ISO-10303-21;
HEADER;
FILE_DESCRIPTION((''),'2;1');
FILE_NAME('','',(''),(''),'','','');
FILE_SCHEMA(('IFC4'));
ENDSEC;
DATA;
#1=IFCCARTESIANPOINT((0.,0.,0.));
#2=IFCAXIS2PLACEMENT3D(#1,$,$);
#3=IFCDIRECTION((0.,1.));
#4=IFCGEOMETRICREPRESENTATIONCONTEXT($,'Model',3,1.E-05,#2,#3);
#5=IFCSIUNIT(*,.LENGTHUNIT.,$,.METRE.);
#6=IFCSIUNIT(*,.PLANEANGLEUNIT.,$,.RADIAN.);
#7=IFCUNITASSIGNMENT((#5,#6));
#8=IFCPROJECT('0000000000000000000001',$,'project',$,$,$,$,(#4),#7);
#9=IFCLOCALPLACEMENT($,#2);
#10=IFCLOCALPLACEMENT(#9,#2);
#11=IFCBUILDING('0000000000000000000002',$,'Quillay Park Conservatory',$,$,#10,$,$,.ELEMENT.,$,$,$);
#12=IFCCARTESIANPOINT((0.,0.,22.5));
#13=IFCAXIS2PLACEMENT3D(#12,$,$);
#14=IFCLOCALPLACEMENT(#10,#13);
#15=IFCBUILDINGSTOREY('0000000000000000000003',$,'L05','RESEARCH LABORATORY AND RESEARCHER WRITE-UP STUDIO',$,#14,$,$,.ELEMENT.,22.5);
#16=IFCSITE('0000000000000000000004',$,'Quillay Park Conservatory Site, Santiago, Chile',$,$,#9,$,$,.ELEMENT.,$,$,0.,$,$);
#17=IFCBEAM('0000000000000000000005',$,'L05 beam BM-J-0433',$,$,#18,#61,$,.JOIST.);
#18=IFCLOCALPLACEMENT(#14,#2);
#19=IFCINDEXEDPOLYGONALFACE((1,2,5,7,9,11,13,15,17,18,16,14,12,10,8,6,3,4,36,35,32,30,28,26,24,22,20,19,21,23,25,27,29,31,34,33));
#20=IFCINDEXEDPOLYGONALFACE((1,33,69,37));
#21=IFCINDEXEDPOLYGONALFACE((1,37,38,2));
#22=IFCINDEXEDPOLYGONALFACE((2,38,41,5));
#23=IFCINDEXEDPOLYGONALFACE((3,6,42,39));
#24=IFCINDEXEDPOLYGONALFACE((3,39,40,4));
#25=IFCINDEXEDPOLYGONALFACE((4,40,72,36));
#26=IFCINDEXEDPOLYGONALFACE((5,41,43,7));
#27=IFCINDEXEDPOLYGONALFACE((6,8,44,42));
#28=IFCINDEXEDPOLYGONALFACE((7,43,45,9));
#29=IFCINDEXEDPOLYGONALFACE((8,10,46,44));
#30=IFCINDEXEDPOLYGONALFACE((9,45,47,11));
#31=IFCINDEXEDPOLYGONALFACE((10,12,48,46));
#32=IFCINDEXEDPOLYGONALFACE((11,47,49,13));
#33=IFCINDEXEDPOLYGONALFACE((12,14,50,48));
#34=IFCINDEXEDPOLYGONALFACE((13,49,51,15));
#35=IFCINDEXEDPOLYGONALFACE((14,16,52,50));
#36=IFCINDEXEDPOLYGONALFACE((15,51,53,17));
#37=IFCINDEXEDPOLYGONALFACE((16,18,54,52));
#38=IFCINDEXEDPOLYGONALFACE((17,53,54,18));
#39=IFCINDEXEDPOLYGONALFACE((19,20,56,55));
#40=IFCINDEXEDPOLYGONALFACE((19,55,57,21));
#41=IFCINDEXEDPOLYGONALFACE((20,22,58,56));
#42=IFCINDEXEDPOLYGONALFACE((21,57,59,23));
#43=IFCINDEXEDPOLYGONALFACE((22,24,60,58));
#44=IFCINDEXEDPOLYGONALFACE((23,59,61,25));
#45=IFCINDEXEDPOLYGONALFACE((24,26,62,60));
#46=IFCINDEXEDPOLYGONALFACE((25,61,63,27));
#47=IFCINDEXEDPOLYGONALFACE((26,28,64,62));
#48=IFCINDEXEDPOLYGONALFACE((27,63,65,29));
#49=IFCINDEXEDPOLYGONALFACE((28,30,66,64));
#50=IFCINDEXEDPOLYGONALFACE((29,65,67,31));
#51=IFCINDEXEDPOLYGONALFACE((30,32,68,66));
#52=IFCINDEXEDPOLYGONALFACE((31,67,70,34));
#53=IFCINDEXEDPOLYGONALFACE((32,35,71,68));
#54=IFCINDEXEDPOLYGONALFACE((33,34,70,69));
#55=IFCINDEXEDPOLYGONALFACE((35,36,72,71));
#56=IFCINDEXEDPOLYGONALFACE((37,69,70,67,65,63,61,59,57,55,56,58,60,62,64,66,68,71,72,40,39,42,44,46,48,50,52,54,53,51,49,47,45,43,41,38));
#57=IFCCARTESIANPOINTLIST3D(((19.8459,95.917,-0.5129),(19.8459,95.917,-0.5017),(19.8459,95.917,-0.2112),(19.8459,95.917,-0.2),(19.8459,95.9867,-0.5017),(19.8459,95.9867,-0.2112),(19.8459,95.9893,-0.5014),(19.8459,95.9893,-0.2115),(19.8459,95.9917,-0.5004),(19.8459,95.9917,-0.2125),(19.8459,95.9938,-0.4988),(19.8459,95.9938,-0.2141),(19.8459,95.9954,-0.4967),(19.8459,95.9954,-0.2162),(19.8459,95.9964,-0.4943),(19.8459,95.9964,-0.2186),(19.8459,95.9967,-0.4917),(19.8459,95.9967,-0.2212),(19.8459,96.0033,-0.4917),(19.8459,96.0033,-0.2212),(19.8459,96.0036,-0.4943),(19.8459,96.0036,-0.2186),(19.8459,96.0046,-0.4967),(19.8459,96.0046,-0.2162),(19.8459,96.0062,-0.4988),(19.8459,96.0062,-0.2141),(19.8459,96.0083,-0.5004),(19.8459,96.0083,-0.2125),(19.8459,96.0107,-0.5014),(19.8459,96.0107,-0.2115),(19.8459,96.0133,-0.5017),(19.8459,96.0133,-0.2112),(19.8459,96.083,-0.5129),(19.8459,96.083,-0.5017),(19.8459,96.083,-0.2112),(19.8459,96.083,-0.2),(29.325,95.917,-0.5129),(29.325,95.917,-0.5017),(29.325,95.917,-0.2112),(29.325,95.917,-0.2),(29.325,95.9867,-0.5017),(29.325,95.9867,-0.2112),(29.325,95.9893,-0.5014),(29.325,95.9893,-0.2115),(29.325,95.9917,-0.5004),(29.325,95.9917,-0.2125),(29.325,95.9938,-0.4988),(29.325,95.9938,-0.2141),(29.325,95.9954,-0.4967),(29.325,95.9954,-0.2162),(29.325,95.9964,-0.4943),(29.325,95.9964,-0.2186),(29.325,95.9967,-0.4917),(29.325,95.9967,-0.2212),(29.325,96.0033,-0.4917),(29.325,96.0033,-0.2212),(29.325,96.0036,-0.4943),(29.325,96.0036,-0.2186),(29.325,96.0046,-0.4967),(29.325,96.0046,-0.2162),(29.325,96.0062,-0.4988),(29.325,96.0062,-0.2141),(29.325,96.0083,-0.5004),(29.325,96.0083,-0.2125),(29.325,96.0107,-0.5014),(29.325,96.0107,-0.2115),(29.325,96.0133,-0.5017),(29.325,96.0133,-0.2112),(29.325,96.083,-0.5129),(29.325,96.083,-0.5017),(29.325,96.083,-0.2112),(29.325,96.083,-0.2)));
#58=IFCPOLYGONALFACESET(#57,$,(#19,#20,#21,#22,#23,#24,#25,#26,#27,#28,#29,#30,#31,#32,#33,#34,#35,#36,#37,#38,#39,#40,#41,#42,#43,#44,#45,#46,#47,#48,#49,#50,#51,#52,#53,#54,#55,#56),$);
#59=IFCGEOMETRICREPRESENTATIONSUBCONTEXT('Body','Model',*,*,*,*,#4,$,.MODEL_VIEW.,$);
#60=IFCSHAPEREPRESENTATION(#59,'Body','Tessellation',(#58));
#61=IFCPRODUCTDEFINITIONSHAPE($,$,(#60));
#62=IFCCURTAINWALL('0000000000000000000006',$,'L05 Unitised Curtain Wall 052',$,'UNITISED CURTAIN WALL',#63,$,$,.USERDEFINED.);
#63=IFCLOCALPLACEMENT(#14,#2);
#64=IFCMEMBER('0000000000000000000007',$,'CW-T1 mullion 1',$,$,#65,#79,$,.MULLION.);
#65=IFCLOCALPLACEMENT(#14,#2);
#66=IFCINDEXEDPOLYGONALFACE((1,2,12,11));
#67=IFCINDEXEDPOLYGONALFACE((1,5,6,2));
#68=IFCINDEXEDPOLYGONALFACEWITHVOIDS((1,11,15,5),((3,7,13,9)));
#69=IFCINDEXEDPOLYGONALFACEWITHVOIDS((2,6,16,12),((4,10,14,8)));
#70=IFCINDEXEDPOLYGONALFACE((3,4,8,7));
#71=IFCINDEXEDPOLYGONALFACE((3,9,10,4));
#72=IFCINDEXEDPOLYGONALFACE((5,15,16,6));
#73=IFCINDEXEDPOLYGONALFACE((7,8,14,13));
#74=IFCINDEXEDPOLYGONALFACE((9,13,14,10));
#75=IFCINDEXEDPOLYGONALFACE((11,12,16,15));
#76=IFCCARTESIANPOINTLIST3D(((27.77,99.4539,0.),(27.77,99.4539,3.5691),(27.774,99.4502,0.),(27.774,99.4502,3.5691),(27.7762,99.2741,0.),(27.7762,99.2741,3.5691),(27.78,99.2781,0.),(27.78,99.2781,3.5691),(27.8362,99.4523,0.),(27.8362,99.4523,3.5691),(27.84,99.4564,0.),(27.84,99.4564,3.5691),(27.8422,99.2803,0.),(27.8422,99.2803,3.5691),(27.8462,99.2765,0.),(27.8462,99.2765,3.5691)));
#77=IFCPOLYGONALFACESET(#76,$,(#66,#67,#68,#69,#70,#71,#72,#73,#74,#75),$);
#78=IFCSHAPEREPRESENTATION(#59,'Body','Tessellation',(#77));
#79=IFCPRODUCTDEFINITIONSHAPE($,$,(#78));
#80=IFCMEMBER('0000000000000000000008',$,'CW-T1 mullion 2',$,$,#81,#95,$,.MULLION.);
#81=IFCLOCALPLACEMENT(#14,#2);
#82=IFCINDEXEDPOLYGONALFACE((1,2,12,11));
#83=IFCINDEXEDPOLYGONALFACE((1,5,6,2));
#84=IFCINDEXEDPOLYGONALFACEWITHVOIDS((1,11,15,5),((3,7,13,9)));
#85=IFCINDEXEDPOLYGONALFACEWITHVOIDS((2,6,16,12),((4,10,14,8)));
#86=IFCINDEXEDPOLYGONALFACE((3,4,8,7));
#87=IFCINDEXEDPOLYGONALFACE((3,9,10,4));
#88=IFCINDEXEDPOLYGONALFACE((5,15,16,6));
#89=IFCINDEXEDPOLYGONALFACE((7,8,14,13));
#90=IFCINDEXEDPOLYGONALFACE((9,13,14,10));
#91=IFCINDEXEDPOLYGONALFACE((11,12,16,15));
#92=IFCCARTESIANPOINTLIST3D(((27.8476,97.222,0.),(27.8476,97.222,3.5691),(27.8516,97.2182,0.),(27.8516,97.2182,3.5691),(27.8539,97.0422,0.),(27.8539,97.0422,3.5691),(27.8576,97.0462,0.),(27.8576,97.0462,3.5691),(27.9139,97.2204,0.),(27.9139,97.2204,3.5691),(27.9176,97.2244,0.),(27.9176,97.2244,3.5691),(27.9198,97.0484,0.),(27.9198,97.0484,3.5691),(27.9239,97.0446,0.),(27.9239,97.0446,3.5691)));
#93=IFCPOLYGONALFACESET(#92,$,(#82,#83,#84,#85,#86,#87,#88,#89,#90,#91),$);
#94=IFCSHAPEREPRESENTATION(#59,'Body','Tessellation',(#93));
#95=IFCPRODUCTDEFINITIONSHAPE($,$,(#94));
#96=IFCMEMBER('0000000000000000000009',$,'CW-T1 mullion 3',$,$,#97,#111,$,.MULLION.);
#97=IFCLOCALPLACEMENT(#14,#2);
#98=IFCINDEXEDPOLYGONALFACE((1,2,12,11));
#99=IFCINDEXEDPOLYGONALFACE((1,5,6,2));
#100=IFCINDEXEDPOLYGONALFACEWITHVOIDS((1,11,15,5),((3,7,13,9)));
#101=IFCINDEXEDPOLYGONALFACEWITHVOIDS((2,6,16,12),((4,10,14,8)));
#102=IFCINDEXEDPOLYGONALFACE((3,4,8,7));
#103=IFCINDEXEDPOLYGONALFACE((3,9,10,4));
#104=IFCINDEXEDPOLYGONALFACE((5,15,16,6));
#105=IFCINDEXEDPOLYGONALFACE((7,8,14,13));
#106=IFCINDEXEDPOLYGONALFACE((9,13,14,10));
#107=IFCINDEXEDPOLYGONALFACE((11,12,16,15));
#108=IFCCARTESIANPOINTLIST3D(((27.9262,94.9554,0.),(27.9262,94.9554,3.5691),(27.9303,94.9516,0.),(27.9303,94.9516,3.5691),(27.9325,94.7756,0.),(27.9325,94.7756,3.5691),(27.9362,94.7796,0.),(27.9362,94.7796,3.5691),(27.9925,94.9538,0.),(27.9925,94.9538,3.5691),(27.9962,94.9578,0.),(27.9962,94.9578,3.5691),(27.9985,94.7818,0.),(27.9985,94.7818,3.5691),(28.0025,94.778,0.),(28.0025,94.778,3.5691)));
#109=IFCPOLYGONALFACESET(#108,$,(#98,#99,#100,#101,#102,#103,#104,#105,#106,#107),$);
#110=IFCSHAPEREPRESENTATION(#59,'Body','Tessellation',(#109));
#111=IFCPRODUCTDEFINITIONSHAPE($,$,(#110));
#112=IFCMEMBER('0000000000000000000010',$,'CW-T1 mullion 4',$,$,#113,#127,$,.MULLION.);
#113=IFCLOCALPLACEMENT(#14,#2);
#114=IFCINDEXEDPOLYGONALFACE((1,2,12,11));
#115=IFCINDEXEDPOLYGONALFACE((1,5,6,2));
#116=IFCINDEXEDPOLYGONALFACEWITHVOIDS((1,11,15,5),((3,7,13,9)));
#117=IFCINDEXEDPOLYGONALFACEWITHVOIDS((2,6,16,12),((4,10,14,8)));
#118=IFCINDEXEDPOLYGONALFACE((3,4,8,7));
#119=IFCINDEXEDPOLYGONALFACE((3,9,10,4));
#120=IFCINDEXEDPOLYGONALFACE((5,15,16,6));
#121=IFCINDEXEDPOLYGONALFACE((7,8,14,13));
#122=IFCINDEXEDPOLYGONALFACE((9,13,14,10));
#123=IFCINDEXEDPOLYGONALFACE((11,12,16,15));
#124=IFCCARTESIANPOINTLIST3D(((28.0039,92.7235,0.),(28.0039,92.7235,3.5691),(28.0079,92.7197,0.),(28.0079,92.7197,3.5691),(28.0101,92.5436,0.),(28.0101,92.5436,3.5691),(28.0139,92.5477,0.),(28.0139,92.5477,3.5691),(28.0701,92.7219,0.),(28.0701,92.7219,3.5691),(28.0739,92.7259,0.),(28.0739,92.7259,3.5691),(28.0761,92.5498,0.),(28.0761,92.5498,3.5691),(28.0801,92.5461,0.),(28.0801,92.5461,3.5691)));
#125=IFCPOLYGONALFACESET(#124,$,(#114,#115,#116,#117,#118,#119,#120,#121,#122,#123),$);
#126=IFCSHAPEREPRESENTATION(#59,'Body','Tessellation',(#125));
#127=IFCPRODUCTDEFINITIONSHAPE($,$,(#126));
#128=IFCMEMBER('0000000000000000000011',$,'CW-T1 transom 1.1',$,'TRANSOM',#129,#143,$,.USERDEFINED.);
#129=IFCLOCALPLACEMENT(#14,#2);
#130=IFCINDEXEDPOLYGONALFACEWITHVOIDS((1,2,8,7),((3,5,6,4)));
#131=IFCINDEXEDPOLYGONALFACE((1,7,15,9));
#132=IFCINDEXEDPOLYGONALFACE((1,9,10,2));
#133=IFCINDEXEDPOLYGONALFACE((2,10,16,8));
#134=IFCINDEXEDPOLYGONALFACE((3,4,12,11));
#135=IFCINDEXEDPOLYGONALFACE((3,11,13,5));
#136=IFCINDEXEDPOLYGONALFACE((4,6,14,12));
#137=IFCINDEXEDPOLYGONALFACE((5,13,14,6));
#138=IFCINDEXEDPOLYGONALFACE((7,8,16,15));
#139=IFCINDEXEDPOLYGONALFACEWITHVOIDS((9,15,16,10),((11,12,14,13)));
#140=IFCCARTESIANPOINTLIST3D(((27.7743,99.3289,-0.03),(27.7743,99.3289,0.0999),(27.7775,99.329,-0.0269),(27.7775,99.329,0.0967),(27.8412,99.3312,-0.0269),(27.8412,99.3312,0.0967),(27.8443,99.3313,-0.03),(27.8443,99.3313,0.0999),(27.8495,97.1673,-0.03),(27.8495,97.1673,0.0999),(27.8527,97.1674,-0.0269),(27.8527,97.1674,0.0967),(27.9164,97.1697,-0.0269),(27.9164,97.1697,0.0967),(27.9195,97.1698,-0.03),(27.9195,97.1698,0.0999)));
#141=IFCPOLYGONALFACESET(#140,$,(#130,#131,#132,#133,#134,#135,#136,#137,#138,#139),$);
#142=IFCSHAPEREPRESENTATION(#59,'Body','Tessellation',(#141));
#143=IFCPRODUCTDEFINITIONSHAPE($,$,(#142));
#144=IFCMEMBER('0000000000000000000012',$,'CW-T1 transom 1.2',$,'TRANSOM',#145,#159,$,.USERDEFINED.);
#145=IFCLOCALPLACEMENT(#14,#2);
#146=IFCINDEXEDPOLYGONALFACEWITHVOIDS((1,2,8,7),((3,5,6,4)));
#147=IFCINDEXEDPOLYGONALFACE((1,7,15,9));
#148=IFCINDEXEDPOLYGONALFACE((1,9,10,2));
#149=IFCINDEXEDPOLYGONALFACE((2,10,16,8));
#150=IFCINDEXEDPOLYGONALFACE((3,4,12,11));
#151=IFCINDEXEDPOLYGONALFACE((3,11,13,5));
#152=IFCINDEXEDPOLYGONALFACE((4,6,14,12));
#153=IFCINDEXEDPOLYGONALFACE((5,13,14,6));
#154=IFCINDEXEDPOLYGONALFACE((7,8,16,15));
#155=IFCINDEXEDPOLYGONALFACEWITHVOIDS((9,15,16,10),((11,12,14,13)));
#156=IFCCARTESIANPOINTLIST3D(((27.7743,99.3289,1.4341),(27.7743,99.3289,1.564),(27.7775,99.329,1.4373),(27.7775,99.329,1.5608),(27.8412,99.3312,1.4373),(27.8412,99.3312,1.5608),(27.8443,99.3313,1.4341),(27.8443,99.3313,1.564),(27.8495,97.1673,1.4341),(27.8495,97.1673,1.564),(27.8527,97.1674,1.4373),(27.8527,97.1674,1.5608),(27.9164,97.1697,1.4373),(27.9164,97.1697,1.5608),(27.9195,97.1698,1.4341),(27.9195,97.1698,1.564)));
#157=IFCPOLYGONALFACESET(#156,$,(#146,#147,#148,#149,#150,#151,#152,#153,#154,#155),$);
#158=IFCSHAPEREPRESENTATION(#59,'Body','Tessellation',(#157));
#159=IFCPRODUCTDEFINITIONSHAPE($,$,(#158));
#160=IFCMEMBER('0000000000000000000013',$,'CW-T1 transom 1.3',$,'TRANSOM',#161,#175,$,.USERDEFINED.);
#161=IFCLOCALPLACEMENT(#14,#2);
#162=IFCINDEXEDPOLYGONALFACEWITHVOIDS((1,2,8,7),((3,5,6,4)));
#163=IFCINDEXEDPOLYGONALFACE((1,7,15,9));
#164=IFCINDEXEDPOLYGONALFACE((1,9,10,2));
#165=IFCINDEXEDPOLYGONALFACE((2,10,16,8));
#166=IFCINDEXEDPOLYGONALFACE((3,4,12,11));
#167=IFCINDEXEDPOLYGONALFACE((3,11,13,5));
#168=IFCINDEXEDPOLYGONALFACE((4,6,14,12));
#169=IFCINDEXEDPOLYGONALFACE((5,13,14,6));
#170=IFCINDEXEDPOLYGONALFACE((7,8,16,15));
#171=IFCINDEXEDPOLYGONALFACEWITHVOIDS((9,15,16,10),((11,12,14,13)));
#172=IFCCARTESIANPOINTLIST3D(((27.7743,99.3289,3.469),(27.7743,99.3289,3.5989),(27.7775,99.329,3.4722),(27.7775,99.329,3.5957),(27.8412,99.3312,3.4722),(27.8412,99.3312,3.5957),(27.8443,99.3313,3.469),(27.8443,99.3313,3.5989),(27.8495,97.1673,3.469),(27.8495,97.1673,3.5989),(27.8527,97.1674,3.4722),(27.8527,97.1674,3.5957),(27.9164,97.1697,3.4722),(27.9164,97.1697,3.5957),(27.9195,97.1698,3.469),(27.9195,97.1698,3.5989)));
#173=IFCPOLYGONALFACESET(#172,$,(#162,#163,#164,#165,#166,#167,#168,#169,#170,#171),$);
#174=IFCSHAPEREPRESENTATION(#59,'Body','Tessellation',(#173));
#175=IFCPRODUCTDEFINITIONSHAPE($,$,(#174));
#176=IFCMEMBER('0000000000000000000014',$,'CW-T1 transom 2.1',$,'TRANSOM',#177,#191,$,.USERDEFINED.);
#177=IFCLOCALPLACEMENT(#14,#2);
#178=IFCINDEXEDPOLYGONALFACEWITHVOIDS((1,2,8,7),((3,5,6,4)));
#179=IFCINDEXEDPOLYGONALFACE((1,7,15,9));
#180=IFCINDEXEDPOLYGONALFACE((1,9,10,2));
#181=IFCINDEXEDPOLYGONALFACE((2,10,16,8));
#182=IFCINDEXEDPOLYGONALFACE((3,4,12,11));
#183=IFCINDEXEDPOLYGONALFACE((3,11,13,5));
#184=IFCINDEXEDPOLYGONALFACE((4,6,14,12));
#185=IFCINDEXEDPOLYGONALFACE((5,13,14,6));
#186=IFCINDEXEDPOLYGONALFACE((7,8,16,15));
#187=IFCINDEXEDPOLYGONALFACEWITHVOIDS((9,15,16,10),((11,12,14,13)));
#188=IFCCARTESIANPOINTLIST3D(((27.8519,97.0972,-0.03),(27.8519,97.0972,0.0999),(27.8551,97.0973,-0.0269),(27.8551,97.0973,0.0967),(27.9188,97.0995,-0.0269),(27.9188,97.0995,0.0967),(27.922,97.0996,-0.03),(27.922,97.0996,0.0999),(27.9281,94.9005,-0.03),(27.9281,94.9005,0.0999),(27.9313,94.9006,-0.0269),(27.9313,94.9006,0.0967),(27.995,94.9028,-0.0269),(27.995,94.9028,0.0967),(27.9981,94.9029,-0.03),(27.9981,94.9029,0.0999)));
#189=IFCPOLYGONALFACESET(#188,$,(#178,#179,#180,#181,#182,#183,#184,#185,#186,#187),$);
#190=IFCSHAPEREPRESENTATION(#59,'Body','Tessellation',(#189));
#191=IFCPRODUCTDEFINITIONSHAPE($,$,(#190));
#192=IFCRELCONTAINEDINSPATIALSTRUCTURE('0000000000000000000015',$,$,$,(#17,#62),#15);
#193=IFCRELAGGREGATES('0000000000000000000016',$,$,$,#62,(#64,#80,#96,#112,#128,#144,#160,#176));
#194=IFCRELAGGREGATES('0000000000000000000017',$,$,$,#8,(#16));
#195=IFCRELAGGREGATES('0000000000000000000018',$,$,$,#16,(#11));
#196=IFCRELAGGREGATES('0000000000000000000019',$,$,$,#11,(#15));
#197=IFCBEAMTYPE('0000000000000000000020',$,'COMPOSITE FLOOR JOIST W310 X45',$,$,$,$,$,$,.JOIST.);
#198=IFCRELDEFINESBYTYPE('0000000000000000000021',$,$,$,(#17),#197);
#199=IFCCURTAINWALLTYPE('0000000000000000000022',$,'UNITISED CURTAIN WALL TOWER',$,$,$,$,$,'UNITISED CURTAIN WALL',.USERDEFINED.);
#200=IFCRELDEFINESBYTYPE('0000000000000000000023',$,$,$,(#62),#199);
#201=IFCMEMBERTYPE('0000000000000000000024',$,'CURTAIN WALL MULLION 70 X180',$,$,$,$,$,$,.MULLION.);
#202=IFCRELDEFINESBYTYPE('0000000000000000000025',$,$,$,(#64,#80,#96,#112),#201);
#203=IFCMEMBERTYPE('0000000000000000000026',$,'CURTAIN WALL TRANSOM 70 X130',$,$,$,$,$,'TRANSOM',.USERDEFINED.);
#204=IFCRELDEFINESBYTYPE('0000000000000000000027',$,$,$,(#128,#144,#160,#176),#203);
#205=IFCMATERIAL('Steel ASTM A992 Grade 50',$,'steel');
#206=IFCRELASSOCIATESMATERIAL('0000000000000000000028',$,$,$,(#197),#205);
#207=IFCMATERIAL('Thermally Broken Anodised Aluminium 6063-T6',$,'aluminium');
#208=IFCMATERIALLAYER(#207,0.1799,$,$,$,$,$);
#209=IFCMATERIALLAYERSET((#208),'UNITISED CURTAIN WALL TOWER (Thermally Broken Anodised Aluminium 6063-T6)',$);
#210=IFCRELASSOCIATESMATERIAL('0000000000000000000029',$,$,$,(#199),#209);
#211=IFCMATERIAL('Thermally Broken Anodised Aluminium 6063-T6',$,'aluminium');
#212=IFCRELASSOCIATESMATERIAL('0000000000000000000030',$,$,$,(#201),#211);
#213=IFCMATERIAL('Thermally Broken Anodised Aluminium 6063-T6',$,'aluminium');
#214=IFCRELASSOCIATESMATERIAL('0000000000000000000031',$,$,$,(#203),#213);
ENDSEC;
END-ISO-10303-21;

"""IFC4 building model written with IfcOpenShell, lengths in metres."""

from ifc_helpers import new_model, si_unit, direction, frame, origin, origin_2d, place, context, subcontext, project, spatial, hollow_rectangle, i_section, extrude, material, layer, layer_set, material_profile, profile_set, type_object, element, aggregate, save


model = new_model("IFC4")

# Units and contexts
model_context = context("Model", 3, precision=1e-05, world=origin(), true_north=direction((0.0, 1.0)))
body_context = subcontext(model_context, "Body", "Model", "MODEL_VIEW")
ifc_project = project(units=[si_unit("LENGTHUNIT", "METRE"), si_unit("PLANEANGLEUNIT", "RADIAN")], contexts=[model_context])

# Site, building, storey
site_placement = place(None, origin())
site = spatial("IfcSite", under=ifc_project, at=site_placement, Name="Quillay Park Conservatory Site, Santiago, Chile", CompositionType="ELEMENT", RefElevation=0.0)
building_placement = place(site_placement, origin())
building = spatial("IfcBuilding", under=site, at=building_placement, Name="Quillay Park Conservatory", CompositionType="ELEMENT")
storey_placement = place(building_placement, frame((0.0, 0.0, 22.5)))
storey = spatial("IfcBuildingStorey", under=building, at=storey_placement, Name="L05", Description="RESEARCH LABORATORY AND RESEARCHER WRITE-UP STUDIO", CompositionType="ELEMENT", Elevation=22.5)

# Beam
ifc_material_1 = material(Name="Steel ASTM A992 Grade 50", Category="steel")
ifc_material_profile_1 = material_profile(ifc_material_1, i_section(OverallWidth=0.166, OverallDepth=0.313, WebThickness=0.0066, FlangeThickness=0.0112, FilletRadius=0.01, at=origin_2d()), Name="W310x45")
ifc_profile_set_1 = profile_set([ifc_material_profile_1], Name="Steel ASTM A992 Grade 50")
beam_type_1 = type_object("IfcBeamType", Name="COMPOSITE FLOOR JOIST W310 X45", PredefinedType="JOIST", material=ifc_profile_set_1)
beam_1_placement = place(storey_placement, frame((19.8459, 96.0, -0.3564), z_axis=(1.0, 0.0, 0.0), x_axis=(0.0, 1.0, 0.0)))
element("IfcBeam", 1, at=beam_1_placement, inside=storey, type_object=beam_type_1, Name="L05 beam BM-J-0433", PredefinedType="JOIST", context=body_context, shape_type="SweptSolid", body=[
    extrude(i_section(OverallWidth=0.166, OverallDepth=0.313, WebThickness=0.0066, FlangeThickness=0.0112, FilletRadius=0.01, at=origin_2d()), origin(), (0.0, 0.0, 1.0), 9.479),
])

# Curtain wall, members
ifc_material_2 = material(Name="Thermally Broken Anodised Aluminium 6063-T6", Category="aluminium")
ifc_layer_1 = layer(ifc_material_2, 0.1799)
ifc_layer_set_1 = layer_set([ifc_layer_1], Name="UNITISED CURTAIN WALL TOWER (Thermally Broken Anodised Aluminium 6063-T6)")
curtain_wall_type = type_object("IfcCurtainWallType", Name="UNITISED CURTAIN WALL TOWER", ElementType="UNITISED CURTAIN WALL", PredefinedType="USERDEFINED", material=ifc_layer_set_1)
curtain_wall_placement = place(storey_placement, origin())
curtain_wall = element("IfcCurtainWall", 2, at=curtain_wall_placement, inside=storey, type_object=curtain_wall_type, Name="L05 Unitised Curtain Wall 052", ObjectType="UNITISED CURTAIN WALL", PredefinedType="USERDEFINED")
ifc_material_3 = material(Name="Thermally Broken Anodised Aluminium 6063-T6", Category="aluminium")
ifc_material_profile_2 = material_profile(ifc_material_3, hollow_rectangle(XDim=0.0701, YDim=0.1799, WallThickness=0.0039, at=origin_2d()), Name="AL70x180x4")
ifc_profile_set_2 = profile_set([ifc_material_profile_2], Name="Thermally Broken Anodised Aluminium 6063-T6")
member_type_1 = type_object("IfcMemberType", Name="CURTAIN WALL MULLION 70 X180", PredefinedType="MULLION", material=ifc_profile_set_2)
member_1_placement = place(storey_placement, frame((27.8081, 99.3652, 0.0), z_axis=(0.0, 0.0, 1.0), x_axis=(0.999397, 0.034713, 0.0)))
member_1 = element("IfcMember", 3, at=member_1_placement, type_object=member_type_1, Name="CW-T1 mullion 1", PredefinedType="MULLION", context=body_context, shape_type="SweptSolid", body=[
    extrude(hollow_rectangle(XDim=0.0701, YDim=0.1799, WallThickness=0.0039, at=origin_2d()), origin(), (0.0, 0.0, 1.0), 3.5691),
])
member_2_placement = place(storey_placement, frame((27.8857, 97.1333, 0.0), z_axis=(0.0, 0.0, 1.0), x_axis=(0.999397, 0.034713, 0.0)))
member_2 = element("IfcMember", 4, at=member_2_placement, type_object=member_type_1, Name="CW-T1 mullion 2", PredefinedType="MULLION", context=body_context, shape_type="SweptSolid", body=[
    extrude(hollow_rectangle(XDim=0.0701, YDim=0.1799, WallThickness=0.0039, at=origin_2d()), origin(), (0.0, 0.0, 1.0), 3.5691),
])
member_3_placement = place(storey_placement, frame((27.9644, 94.8667, 0.0), z_axis=(0.0, 0.0, 1.0), x_axis=(0.999397, 0.034713, 0.0)))
member_3 = element("IfcMember", 5, at=member_3_placement, type_object=member_type_1, Name="CW-T1 mullion 3", PredefinedType="MULLION", context=body_context, shape_type="SweptSolid", body=[
    extrude(hollow_rectangle(XDim=0.0701, YDim=0.1799, WallThickness=0.0039, at=origin_2d()), origin(), (0.0, 0.0, 1.0), 3.5691),
])
member_4_placement = place(storey_placement, frame((28.042, 92.6348, 0.0), z_axis=(0.0, 0.0, 1.0), x_axis=(0.999397, 0.034713, 0.0)))
member_4 = element("IfcMember", 6, at=member_4_placement, type_object=member_type_1, Name="CW-T1 mullion 4", PredefinedType="MULLION", context=body_context, shape_type="SweptSolid", body=[
    extrude(hollow_rectangle(XDim=0.0701, YDim=0.1799, WallThickness=0.0039, at=origin_2d()), origin(), (0.0, 0.0, 1.0), 3.5691),
])
ifc_material_4 = material(Name="Thermally Broken Anodised Aluminium 6063-T6", Category="aluminium")
ifc_material_profile_3 = material_profile(ifc_material_4, hollow_rectangle(XDim=0.0701, YDim=0.1299, WallThickness=0.0032, at=origin_2d()), Name="AL70x130x3.2")
ifc_profile_set_3 = profile_set([ifc_material_profile_3], Name="Thermally Broken Anodised Aluminium 6063-T6")
member_type_2 = type_object("IfcMemberType", Name="CURTAIN WALL TRANSOM 70 X130", ElementType="TRANSOM", PredefinedType="USERDEFINED", material=ifc_profile_set_3)
member_5_placement = place(storey_placement, frame((27.8093, 99.3301, 0.0349), z_axis=(0.034766, -0.999395, 0.0), x_axis=(0.999395, 0.034766, 0.0)))
member_5 = element("IfcMember", 7, at=member_5_placement, type_object=member_type_2, Name="CW-T1 transom 1.1", ObjectType="TRANSOM", PredefinedType="USERDEFINED", context=body_context, shape_type="SweptSolid", body=[
    extrude(hollow_rectangle(XDim=0.0701, YDim=0.1299, WallThickness=0.0032, at=origin_2d()), origin(), (0.0, 0.0, 1.0), 2.1628),
])
member_6_placement = place(storey_placement, frame((27.8093, 99.3301, 1.499), z_axis=(0.034766, -0.999395, 0.0), x_axis=(0.999395, 0.034766, 0.0)))
member_6 = element("IfcMember", 8, at=member_6_placement, type_object=member_type_2, Name="CW-T1 transom 1.2", ObjectType="TRANSOM", PredefinedType="USERDEFINED", context=body_context, shape_type="SweptSolid", body=[
    extrude(hollow_rectangle(XDim=0.0701, YDim=0.1299, WallThickness=0.0032, at=origin_2d()), origin(), (0.0, 0.0, 1.0), 2.1628),
])
member_7_placement = place(storey_placement, frame((27.8093, 99.3301, 3.5339), z_axis=(0.034766, -0.999395, 0.0), x_axis=(0.999395, 0.034766, 0.0)))
member_7 = element("IfcMember", 9, at=member_7_placement, type_object=member_type_2, Name="CW-T1 transom 1.3", ObjectType="TRANSOM", PredefinedType="USERDEFINED", context=body_context, shape_type="SweptSolid", body=[
    extrude(hollow_rectangle(XDim=0.0701, YDim=0.1299, WallThickness=0.0032, at=origin_2d()), origin(), (0.0, 0.0, 1.0), 2.1628),
])
member_8_placement = place(storey_placement, frame((27.887, 97.0984, 0.0349), z_axis=(0.034654, -0.999399, 0.0), x_axis=(0.999399, 0.034654, 0.0)))
member_8 = element("IfcMember", 10, at=member_8_placement, type_object=member_type_2, Name="CW-T1 transom 2.1", ObjectType="TRANSOM", PredefinedType="USERDEFINED", context=body_context, shape_type="SweptSolid", body=[
    extrude(hollow_rectangle(XDim=0.0701, YDim=0.1299, WallThickness=0.0032, at=origin_2d()), origin(), (0.0, 0.0, 1.0), 2.198),
])

aggregate(curtain_wall, [member_1, member_2, member_3, member_4, member_5, member_6, member_7, member_8])

save(model, "model.ifc")
